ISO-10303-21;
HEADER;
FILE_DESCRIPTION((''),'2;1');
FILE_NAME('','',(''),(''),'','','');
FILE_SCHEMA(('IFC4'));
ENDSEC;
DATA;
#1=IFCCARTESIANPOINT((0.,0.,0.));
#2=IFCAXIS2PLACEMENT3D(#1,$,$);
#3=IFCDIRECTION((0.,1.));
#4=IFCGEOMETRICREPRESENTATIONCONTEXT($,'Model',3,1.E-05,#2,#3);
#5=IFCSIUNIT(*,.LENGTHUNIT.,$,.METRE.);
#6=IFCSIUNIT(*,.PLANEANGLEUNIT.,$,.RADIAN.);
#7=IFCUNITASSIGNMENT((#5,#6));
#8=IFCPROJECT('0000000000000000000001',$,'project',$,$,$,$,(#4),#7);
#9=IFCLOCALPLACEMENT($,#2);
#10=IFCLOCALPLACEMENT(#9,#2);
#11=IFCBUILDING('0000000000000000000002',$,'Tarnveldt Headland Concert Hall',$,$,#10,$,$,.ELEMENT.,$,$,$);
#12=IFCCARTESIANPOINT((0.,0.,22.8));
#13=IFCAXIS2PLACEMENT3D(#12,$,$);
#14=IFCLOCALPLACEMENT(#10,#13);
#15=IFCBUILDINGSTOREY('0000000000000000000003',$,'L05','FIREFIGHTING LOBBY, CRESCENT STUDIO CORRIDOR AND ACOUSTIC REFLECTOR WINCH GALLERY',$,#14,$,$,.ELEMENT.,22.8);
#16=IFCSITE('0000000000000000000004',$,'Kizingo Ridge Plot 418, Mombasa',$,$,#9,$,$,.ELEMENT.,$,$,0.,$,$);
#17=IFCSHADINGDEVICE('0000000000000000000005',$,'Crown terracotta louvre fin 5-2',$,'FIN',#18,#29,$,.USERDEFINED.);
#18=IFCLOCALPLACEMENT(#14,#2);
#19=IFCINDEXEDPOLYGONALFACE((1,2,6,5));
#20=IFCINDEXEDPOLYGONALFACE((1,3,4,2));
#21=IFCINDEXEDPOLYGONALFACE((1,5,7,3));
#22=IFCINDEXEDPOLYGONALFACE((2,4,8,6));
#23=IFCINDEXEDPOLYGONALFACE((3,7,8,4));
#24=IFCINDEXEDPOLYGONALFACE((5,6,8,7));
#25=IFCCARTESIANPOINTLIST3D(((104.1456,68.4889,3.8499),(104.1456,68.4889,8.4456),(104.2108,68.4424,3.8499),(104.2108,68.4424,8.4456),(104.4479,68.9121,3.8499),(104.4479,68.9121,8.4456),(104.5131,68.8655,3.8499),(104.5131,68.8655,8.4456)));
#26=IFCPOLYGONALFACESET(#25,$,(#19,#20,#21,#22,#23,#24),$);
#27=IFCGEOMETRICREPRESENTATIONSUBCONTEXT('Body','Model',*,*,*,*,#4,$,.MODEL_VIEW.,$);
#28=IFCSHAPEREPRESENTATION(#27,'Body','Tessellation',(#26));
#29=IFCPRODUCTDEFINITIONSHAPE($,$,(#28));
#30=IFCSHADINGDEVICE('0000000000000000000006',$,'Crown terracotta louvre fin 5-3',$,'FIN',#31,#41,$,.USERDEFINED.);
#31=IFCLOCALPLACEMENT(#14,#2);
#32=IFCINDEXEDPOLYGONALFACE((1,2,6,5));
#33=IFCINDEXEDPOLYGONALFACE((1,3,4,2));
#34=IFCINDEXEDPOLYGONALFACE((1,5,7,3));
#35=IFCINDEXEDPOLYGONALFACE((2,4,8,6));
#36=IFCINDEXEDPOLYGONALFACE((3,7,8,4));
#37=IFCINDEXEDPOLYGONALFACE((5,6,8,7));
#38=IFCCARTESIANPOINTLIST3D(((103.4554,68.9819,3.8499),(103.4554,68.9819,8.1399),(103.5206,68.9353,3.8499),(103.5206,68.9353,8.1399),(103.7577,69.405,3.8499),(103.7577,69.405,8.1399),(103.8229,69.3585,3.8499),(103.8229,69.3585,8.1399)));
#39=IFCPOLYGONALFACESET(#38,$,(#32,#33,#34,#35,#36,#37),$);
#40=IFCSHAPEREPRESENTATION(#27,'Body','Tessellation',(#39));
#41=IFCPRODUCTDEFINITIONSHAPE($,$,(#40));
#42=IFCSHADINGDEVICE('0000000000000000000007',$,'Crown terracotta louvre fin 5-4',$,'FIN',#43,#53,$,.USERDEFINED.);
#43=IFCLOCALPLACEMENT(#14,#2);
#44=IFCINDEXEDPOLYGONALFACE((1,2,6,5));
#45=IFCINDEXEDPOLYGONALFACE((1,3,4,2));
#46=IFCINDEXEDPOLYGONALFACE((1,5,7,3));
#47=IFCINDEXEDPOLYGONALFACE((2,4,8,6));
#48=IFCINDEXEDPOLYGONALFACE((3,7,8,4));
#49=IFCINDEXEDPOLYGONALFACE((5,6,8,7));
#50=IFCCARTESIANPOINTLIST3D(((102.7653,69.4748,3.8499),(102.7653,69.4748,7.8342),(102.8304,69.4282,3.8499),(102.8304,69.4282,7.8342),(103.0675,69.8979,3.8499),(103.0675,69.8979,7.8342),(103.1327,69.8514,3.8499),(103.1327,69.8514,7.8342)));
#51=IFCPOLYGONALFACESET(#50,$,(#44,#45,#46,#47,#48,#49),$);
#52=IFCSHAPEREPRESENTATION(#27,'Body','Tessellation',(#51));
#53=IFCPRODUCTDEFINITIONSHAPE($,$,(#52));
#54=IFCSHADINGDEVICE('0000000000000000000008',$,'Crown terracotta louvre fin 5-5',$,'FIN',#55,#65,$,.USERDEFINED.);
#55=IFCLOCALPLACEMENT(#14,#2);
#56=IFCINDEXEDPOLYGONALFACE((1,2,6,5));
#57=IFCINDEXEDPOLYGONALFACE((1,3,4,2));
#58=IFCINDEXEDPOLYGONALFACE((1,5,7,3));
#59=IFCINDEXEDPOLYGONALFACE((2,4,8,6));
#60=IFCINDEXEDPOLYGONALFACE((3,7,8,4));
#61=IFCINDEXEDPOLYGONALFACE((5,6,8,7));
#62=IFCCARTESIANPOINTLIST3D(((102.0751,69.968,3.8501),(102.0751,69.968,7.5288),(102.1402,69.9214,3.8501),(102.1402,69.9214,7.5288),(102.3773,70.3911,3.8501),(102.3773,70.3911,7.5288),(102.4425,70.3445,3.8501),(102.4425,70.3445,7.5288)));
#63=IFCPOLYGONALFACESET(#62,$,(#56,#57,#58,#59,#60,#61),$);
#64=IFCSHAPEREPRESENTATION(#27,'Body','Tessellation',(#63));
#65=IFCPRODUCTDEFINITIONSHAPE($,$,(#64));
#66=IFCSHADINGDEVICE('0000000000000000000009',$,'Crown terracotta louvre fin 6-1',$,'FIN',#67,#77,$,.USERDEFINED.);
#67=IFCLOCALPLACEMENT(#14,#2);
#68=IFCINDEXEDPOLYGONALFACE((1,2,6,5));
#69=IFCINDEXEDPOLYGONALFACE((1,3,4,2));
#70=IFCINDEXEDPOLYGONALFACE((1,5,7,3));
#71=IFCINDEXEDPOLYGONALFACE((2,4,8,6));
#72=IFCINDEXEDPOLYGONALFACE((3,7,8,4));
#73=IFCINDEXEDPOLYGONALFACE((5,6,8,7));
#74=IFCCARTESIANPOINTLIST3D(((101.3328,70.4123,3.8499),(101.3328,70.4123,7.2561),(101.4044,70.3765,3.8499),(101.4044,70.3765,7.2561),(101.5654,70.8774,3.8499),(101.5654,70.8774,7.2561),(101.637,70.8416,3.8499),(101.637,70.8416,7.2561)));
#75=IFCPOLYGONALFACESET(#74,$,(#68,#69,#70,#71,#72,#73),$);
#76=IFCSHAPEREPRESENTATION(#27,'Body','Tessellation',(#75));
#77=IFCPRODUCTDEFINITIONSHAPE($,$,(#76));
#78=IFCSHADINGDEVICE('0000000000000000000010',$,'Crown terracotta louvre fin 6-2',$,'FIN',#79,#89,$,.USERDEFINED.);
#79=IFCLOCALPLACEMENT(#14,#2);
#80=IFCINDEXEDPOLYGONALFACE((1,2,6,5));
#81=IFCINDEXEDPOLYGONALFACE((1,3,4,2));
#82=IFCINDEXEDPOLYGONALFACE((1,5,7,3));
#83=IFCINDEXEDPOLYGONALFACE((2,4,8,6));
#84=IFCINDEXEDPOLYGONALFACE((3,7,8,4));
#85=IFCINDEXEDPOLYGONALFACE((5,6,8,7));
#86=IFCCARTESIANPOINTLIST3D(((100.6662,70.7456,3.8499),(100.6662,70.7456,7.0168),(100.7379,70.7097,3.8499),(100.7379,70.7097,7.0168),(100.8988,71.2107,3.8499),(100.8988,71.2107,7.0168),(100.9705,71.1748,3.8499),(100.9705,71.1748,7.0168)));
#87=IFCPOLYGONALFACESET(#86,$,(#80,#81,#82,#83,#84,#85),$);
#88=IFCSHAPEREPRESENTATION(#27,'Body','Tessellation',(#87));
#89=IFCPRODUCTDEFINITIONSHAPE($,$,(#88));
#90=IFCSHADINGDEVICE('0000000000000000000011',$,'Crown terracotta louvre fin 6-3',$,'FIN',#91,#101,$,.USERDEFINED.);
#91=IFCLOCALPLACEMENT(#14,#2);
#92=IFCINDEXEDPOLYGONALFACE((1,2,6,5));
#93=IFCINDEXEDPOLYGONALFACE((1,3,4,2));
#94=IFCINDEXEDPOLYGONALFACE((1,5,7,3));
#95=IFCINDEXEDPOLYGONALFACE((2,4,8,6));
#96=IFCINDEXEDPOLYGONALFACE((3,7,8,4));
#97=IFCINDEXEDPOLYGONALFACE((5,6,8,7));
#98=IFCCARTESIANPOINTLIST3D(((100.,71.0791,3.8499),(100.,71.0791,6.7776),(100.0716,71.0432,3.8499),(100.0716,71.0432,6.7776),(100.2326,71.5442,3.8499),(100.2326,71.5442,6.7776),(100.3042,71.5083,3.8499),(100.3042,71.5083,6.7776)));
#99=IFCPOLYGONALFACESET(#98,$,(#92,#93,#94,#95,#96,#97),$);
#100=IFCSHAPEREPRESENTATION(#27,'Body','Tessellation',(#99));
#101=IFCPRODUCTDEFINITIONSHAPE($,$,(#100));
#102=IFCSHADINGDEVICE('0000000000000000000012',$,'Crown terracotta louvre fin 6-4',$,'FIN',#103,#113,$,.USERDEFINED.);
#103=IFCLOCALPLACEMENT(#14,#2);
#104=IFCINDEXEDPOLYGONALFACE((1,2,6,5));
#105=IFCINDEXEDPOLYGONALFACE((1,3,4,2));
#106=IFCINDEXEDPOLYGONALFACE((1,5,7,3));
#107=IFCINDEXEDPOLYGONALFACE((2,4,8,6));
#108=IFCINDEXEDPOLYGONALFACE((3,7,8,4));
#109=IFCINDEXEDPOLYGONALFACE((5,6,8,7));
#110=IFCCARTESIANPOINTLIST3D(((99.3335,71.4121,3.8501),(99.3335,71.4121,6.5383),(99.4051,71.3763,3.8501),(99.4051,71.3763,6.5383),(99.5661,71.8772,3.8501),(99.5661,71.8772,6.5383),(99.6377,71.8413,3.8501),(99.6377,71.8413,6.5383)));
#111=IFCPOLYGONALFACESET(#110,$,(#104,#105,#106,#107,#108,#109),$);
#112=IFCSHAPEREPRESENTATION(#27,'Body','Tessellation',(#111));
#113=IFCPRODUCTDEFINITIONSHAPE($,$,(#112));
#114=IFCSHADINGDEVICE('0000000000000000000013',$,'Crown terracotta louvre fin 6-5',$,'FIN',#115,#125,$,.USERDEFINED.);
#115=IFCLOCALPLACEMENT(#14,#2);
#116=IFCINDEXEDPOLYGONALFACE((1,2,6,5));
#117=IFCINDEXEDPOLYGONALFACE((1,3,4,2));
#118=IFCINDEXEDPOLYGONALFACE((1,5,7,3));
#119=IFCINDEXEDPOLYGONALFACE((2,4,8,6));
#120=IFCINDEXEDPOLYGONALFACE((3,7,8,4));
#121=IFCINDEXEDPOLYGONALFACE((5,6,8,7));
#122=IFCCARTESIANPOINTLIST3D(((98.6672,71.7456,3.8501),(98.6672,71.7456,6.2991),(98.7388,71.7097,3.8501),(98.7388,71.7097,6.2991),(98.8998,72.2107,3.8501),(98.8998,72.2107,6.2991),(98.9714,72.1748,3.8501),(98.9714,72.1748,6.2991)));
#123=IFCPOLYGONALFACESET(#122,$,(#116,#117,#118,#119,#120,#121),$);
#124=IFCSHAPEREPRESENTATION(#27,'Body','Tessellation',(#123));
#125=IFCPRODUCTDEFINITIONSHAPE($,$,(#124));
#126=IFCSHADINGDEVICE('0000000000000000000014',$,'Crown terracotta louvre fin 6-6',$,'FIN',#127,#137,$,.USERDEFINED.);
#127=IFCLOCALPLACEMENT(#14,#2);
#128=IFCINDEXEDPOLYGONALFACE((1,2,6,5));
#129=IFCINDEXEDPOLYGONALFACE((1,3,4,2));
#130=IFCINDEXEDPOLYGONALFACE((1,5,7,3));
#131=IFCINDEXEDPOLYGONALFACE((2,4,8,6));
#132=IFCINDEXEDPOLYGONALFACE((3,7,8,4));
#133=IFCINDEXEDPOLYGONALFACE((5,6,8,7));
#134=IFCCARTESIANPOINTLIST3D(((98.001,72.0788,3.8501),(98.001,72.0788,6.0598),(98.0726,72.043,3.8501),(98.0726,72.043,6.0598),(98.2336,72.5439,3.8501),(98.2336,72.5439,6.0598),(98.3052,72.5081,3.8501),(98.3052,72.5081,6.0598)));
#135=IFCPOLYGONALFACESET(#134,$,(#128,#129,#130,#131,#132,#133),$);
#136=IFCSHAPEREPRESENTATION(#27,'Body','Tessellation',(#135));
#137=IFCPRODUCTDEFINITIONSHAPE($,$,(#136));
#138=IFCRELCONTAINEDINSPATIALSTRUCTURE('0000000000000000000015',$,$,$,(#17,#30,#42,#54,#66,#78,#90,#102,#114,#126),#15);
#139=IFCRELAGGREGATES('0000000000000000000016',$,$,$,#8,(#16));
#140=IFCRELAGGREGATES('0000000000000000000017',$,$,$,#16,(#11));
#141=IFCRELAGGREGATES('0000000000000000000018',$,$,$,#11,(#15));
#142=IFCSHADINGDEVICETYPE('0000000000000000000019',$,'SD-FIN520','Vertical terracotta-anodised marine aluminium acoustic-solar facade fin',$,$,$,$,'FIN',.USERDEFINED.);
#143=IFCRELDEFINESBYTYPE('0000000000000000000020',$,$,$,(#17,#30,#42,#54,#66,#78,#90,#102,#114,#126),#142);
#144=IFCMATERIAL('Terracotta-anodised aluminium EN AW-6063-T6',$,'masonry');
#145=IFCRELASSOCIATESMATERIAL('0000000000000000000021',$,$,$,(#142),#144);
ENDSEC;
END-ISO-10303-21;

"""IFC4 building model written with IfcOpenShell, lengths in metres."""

from ifc_helpers import new_model, si_unit, direction, frame, origin, origin_2d, place, context, subcontext, project, spatial, rectangle, extrude, material, type_object, element, save


model = new_model("IFC4")

# Units and contexts
model_context = context("Model", 3, precision=1e-05, world=origin(), true_north=direction((0.0, 1.0)))
body_context = subcontext(model_context, "Body", "Model", "MODEL_VIEW")
ifc_project = project(units=[si_unit("LENGTHUNIT", "METRE"), si_unit("PLANEANGLEUNIT", "RADIAN")], contexts=[model_context])

# Site, building, storey
site_placement = place(None, origin())
site = spatial("IfcSite", under=ifc_project, at=site_placement, Name="Kizingo Ridge Plot 418, Mombasa", CompositionType="ELEMENT", RefElevation=0.0)
building_placement = place(site_placement, origin())
building = spatial("IfcBuilding", under=site, at=building_placement, Name="Tarnveldt Headland Concert Hall", CompositionType="ELEMENT")
storey_placement = place(building_placement, frame((0.0, 0.0, 22.8)))
storey = spatial("IfcBuildingStorey", under=building, at=storey_placement, Name="L05", Description="FIREFIGHTING LOBBY, CRESCENT STUDIO CORRIDOR AND ACOUSTIC REFLECTOR WINCH GALLERY", CompositionType="ELEMENT", Elevation=22.8)

# Shading devices
ifc_material_1 = material(Name="Terracotta-anodised aluminium EN AW-6063-T6", Category="masonry")
shading_device_type = type_object("IfcShadingDeviceType", Name="SD-FIN520", Description="Vertical terracotta-anodised marine aluminium acoustic-solar facade fin", ElementType="FIN", PredefinedType="USERDEFINED", material=ifc_material_1)
shading_device_1_placement = place(storey_placement, frame((104.3293, 68.6772, 3.8499), z_axis=(0.0, 0.0, 1.0), x_axis=(0.581271, 0.81371, 0.0)))
element("IfcShadingDevice", 1, at=shading_device_1_placement, inside=storey, type_object=shading_device_type, Name="Crown terracotta louvre fin 5-2", ObjectType="FIN", PredefinedType="USERDEFINED", context=body_context, shape_type="SweptSolid", body=[
    extrude(rectangle(XDim=0.52, YDim=0.0801, at=origin_2d()), origin(), (0.0, 0.0, 1.0), 4.5957),
])
shading_device_2_placement = place(storey_placement, frame((103.6392, 69.1702, 3.8499), z_axis=(0.0, 0.0, 1.0), x_axis=(0.581271, 0.81371, 0.0)))
element("IfcShadingDevice", 2, at=shading_device_2_placement, inside=storey, type_object=shading_device_type, Name="Crown terracotta louvre fin 5-3", ObjectType="FIN", PredefinedType="USERDEFINED", context=body_context, shape_type="SweptSolid", body=[
    extrude(rectangle(XDim=0.52, YDim=0.0801, at=origin_2d()), origin(), (0.0, 0.0, 1.0), 4.29),
])
shading_device_3_placement = place(storey_placement, frame((102.949, 69.6631, 3.8499), z_axis=(0.0, 0.0, 1.0), x_axis=(0.581271, 0.81371, 0.0)))
element("IfcShadingDevice", 3, at=shading_device_3_placement, inside=storey, type_object=shading_device_type, Name="Crown terracotta louvre fin 5-4", ObjectType="FIN", PredefinedType="USERDEFINED", context=body_context, shape_type="SweptSolid", body=[
    extrude(rectangle(XDim=0.52, YDim=0.0801, at=origin_2d()), origin(), (0.0, 0.0, 1.0), 3.9844),
])
shading_device_4_placement = place(storey_placement, frame((102.2588, 70.1562, 3.8501), z_axis=(0.0, 0.0, 1.0), x_axis=(0.581271, 0.81371, 0.0)))
element("IfcShadingDevice", 4, at=shading_device_4_placement, inside=storey, type_object=shading_device_type, Name="Crown terracotta louvre fin 5-5", ObjectType="FIN", PredefinedType="USERDEFINED", context=body_context, shape_type="SweptSolid", body=[
    extrude(rectangle(XDim=0.52, YDim=0.0801, at=origin_2d()), origin(), (0.0, 0.0, 1.0), 3.6787),
])
shading_device_5_placement = place(storey_placement, frame((101.4849, 70.627, 3.8499), z_axis=(0.0, 0.0, 1.0), x_axis=(0.447291, 0.894389, 0.0)))
element("IfcShadingDevice", 5, at=shading_device_5_placement, inside=storey, type_object=shading_device_type, Name="Crown terracotta louvre fin 6-1", ObjectType="FIN", PredefinedType="USERDEFINED", context=body_context, shape_type="SweptSolid", body=[
    extrude(rectangle(XDim=0.52, YDim=0.0801, at=origin_2d()), origin(), (0.0, 0.0, 1.0), 3.4062),
])
shading_device_6_placement = place(storey_placement, frame((100.8184, 70.9602, 3.8499), z_axis=(0.0, 0.0, 1.0), x_axis=(0.447291, 0.894389, 0.0)))
element("IfcShadingDevice", 6, at=shading_device_6_placement, inside=storey, type_object=shading_device_type, Name="Crown terracotta louvre fin 6-2", ObjectType="FIN", PredefinedType="USERDEFINED", context=body_context, shape_type="SweptSolid", body=[
    extrude(rectangle(XDim=0.52, YDim=0.0801, at=origin_2d()), origin(), (0.0, 0.0, 1.0), 3.167),
])
shading_device_7_placement = place(storey_placement, frame((100.1521, 71.2937, 3.8499), z_axis=(0.0, 0.0, 1.0), x_axis=(0.447291, 0.894389, 0.0)))
element("IfcShadingDevice", 7, at=shading_device_7_placement, inside=storey, type_object=shading_device_type, Name="Crown terracotta louvre fin 6-3", ObjectType="FIN", PredefinedType="USERDEFINED", context=body_context, shape_type="SweptSolid", body=[
    extrude(rectangle(XDim=0.52, YDim=0.0801, at=origin_2d()), origin(), (0.0, 0.0, 1.0), 2.9277),
])
shading_device_8_placement = place(storey_placement, frame((99.4856, 71.6267, 3.8501), z_axis=(0.0, 0.0, 1.0), x_axis=(0.447291, 0.894389, 0.0)))
element("IfcShadingDevice", 8, at=shading_device_8_placement, inside=storey, type_object=shading_device_type, Name="Crown terracotta louvre fin 6-4", ObjectType="FIN", PredefinedType="USERDEFINED", context=body_context, shape_type="SweptSolid", body=[
    extrude(rectangle(XDim=0.52, YDim=0.0801, at=origin_2d()), origin(), (0.0, 0.0, 1.0), 2.6882),
])
shading_device_9_placement = place(storey_placement, frame((98.8193, 71.9602, 3.8501), z_axis=(0.0, 0.0, 1.0), x_axis=(0.447291, 0.894389, 0.0)))
element("IfcShadingDevice", 9, at=shading_device_9_placement, inside=storey, type_object=shading_device_type, Name="Crown terracotta louvre fin 6-5", ObjectType="FIN", PredefinedType="USERDEFINED", context=body_context, shape_type="SweptSolid", body=[
    extrude(rectangle(XDim=0.52, YDim=0.0801, at=origin_2d()), origin(), (0.0, 0.0, 1.0), 2.449),
])
shading_device_10_placement = place(storey_placement, frame((98.1531, 72.2935, 3.8501), z_axis=(0.0, 0.0, 1.0), x_axis=(0.447291, 0.894389, 0.0)))
element("IfcShadingDevice", 10, at=shading_device_10_placement, inside=storey, type_object=shading_device_type, Name="Crown terracotta louvre fin 6-6", ObjectType="FIN", PredefinedType="USERDEFINED", context=body_context, shape_type="SweptSolid", body=[
    extrude(rectangle(XDim=0.52, YDim=0.0801, at=origin_2d()), origin(), (0.0, 0.0, 1.0), 2.2097),
])

save(model, "model.ifc")
